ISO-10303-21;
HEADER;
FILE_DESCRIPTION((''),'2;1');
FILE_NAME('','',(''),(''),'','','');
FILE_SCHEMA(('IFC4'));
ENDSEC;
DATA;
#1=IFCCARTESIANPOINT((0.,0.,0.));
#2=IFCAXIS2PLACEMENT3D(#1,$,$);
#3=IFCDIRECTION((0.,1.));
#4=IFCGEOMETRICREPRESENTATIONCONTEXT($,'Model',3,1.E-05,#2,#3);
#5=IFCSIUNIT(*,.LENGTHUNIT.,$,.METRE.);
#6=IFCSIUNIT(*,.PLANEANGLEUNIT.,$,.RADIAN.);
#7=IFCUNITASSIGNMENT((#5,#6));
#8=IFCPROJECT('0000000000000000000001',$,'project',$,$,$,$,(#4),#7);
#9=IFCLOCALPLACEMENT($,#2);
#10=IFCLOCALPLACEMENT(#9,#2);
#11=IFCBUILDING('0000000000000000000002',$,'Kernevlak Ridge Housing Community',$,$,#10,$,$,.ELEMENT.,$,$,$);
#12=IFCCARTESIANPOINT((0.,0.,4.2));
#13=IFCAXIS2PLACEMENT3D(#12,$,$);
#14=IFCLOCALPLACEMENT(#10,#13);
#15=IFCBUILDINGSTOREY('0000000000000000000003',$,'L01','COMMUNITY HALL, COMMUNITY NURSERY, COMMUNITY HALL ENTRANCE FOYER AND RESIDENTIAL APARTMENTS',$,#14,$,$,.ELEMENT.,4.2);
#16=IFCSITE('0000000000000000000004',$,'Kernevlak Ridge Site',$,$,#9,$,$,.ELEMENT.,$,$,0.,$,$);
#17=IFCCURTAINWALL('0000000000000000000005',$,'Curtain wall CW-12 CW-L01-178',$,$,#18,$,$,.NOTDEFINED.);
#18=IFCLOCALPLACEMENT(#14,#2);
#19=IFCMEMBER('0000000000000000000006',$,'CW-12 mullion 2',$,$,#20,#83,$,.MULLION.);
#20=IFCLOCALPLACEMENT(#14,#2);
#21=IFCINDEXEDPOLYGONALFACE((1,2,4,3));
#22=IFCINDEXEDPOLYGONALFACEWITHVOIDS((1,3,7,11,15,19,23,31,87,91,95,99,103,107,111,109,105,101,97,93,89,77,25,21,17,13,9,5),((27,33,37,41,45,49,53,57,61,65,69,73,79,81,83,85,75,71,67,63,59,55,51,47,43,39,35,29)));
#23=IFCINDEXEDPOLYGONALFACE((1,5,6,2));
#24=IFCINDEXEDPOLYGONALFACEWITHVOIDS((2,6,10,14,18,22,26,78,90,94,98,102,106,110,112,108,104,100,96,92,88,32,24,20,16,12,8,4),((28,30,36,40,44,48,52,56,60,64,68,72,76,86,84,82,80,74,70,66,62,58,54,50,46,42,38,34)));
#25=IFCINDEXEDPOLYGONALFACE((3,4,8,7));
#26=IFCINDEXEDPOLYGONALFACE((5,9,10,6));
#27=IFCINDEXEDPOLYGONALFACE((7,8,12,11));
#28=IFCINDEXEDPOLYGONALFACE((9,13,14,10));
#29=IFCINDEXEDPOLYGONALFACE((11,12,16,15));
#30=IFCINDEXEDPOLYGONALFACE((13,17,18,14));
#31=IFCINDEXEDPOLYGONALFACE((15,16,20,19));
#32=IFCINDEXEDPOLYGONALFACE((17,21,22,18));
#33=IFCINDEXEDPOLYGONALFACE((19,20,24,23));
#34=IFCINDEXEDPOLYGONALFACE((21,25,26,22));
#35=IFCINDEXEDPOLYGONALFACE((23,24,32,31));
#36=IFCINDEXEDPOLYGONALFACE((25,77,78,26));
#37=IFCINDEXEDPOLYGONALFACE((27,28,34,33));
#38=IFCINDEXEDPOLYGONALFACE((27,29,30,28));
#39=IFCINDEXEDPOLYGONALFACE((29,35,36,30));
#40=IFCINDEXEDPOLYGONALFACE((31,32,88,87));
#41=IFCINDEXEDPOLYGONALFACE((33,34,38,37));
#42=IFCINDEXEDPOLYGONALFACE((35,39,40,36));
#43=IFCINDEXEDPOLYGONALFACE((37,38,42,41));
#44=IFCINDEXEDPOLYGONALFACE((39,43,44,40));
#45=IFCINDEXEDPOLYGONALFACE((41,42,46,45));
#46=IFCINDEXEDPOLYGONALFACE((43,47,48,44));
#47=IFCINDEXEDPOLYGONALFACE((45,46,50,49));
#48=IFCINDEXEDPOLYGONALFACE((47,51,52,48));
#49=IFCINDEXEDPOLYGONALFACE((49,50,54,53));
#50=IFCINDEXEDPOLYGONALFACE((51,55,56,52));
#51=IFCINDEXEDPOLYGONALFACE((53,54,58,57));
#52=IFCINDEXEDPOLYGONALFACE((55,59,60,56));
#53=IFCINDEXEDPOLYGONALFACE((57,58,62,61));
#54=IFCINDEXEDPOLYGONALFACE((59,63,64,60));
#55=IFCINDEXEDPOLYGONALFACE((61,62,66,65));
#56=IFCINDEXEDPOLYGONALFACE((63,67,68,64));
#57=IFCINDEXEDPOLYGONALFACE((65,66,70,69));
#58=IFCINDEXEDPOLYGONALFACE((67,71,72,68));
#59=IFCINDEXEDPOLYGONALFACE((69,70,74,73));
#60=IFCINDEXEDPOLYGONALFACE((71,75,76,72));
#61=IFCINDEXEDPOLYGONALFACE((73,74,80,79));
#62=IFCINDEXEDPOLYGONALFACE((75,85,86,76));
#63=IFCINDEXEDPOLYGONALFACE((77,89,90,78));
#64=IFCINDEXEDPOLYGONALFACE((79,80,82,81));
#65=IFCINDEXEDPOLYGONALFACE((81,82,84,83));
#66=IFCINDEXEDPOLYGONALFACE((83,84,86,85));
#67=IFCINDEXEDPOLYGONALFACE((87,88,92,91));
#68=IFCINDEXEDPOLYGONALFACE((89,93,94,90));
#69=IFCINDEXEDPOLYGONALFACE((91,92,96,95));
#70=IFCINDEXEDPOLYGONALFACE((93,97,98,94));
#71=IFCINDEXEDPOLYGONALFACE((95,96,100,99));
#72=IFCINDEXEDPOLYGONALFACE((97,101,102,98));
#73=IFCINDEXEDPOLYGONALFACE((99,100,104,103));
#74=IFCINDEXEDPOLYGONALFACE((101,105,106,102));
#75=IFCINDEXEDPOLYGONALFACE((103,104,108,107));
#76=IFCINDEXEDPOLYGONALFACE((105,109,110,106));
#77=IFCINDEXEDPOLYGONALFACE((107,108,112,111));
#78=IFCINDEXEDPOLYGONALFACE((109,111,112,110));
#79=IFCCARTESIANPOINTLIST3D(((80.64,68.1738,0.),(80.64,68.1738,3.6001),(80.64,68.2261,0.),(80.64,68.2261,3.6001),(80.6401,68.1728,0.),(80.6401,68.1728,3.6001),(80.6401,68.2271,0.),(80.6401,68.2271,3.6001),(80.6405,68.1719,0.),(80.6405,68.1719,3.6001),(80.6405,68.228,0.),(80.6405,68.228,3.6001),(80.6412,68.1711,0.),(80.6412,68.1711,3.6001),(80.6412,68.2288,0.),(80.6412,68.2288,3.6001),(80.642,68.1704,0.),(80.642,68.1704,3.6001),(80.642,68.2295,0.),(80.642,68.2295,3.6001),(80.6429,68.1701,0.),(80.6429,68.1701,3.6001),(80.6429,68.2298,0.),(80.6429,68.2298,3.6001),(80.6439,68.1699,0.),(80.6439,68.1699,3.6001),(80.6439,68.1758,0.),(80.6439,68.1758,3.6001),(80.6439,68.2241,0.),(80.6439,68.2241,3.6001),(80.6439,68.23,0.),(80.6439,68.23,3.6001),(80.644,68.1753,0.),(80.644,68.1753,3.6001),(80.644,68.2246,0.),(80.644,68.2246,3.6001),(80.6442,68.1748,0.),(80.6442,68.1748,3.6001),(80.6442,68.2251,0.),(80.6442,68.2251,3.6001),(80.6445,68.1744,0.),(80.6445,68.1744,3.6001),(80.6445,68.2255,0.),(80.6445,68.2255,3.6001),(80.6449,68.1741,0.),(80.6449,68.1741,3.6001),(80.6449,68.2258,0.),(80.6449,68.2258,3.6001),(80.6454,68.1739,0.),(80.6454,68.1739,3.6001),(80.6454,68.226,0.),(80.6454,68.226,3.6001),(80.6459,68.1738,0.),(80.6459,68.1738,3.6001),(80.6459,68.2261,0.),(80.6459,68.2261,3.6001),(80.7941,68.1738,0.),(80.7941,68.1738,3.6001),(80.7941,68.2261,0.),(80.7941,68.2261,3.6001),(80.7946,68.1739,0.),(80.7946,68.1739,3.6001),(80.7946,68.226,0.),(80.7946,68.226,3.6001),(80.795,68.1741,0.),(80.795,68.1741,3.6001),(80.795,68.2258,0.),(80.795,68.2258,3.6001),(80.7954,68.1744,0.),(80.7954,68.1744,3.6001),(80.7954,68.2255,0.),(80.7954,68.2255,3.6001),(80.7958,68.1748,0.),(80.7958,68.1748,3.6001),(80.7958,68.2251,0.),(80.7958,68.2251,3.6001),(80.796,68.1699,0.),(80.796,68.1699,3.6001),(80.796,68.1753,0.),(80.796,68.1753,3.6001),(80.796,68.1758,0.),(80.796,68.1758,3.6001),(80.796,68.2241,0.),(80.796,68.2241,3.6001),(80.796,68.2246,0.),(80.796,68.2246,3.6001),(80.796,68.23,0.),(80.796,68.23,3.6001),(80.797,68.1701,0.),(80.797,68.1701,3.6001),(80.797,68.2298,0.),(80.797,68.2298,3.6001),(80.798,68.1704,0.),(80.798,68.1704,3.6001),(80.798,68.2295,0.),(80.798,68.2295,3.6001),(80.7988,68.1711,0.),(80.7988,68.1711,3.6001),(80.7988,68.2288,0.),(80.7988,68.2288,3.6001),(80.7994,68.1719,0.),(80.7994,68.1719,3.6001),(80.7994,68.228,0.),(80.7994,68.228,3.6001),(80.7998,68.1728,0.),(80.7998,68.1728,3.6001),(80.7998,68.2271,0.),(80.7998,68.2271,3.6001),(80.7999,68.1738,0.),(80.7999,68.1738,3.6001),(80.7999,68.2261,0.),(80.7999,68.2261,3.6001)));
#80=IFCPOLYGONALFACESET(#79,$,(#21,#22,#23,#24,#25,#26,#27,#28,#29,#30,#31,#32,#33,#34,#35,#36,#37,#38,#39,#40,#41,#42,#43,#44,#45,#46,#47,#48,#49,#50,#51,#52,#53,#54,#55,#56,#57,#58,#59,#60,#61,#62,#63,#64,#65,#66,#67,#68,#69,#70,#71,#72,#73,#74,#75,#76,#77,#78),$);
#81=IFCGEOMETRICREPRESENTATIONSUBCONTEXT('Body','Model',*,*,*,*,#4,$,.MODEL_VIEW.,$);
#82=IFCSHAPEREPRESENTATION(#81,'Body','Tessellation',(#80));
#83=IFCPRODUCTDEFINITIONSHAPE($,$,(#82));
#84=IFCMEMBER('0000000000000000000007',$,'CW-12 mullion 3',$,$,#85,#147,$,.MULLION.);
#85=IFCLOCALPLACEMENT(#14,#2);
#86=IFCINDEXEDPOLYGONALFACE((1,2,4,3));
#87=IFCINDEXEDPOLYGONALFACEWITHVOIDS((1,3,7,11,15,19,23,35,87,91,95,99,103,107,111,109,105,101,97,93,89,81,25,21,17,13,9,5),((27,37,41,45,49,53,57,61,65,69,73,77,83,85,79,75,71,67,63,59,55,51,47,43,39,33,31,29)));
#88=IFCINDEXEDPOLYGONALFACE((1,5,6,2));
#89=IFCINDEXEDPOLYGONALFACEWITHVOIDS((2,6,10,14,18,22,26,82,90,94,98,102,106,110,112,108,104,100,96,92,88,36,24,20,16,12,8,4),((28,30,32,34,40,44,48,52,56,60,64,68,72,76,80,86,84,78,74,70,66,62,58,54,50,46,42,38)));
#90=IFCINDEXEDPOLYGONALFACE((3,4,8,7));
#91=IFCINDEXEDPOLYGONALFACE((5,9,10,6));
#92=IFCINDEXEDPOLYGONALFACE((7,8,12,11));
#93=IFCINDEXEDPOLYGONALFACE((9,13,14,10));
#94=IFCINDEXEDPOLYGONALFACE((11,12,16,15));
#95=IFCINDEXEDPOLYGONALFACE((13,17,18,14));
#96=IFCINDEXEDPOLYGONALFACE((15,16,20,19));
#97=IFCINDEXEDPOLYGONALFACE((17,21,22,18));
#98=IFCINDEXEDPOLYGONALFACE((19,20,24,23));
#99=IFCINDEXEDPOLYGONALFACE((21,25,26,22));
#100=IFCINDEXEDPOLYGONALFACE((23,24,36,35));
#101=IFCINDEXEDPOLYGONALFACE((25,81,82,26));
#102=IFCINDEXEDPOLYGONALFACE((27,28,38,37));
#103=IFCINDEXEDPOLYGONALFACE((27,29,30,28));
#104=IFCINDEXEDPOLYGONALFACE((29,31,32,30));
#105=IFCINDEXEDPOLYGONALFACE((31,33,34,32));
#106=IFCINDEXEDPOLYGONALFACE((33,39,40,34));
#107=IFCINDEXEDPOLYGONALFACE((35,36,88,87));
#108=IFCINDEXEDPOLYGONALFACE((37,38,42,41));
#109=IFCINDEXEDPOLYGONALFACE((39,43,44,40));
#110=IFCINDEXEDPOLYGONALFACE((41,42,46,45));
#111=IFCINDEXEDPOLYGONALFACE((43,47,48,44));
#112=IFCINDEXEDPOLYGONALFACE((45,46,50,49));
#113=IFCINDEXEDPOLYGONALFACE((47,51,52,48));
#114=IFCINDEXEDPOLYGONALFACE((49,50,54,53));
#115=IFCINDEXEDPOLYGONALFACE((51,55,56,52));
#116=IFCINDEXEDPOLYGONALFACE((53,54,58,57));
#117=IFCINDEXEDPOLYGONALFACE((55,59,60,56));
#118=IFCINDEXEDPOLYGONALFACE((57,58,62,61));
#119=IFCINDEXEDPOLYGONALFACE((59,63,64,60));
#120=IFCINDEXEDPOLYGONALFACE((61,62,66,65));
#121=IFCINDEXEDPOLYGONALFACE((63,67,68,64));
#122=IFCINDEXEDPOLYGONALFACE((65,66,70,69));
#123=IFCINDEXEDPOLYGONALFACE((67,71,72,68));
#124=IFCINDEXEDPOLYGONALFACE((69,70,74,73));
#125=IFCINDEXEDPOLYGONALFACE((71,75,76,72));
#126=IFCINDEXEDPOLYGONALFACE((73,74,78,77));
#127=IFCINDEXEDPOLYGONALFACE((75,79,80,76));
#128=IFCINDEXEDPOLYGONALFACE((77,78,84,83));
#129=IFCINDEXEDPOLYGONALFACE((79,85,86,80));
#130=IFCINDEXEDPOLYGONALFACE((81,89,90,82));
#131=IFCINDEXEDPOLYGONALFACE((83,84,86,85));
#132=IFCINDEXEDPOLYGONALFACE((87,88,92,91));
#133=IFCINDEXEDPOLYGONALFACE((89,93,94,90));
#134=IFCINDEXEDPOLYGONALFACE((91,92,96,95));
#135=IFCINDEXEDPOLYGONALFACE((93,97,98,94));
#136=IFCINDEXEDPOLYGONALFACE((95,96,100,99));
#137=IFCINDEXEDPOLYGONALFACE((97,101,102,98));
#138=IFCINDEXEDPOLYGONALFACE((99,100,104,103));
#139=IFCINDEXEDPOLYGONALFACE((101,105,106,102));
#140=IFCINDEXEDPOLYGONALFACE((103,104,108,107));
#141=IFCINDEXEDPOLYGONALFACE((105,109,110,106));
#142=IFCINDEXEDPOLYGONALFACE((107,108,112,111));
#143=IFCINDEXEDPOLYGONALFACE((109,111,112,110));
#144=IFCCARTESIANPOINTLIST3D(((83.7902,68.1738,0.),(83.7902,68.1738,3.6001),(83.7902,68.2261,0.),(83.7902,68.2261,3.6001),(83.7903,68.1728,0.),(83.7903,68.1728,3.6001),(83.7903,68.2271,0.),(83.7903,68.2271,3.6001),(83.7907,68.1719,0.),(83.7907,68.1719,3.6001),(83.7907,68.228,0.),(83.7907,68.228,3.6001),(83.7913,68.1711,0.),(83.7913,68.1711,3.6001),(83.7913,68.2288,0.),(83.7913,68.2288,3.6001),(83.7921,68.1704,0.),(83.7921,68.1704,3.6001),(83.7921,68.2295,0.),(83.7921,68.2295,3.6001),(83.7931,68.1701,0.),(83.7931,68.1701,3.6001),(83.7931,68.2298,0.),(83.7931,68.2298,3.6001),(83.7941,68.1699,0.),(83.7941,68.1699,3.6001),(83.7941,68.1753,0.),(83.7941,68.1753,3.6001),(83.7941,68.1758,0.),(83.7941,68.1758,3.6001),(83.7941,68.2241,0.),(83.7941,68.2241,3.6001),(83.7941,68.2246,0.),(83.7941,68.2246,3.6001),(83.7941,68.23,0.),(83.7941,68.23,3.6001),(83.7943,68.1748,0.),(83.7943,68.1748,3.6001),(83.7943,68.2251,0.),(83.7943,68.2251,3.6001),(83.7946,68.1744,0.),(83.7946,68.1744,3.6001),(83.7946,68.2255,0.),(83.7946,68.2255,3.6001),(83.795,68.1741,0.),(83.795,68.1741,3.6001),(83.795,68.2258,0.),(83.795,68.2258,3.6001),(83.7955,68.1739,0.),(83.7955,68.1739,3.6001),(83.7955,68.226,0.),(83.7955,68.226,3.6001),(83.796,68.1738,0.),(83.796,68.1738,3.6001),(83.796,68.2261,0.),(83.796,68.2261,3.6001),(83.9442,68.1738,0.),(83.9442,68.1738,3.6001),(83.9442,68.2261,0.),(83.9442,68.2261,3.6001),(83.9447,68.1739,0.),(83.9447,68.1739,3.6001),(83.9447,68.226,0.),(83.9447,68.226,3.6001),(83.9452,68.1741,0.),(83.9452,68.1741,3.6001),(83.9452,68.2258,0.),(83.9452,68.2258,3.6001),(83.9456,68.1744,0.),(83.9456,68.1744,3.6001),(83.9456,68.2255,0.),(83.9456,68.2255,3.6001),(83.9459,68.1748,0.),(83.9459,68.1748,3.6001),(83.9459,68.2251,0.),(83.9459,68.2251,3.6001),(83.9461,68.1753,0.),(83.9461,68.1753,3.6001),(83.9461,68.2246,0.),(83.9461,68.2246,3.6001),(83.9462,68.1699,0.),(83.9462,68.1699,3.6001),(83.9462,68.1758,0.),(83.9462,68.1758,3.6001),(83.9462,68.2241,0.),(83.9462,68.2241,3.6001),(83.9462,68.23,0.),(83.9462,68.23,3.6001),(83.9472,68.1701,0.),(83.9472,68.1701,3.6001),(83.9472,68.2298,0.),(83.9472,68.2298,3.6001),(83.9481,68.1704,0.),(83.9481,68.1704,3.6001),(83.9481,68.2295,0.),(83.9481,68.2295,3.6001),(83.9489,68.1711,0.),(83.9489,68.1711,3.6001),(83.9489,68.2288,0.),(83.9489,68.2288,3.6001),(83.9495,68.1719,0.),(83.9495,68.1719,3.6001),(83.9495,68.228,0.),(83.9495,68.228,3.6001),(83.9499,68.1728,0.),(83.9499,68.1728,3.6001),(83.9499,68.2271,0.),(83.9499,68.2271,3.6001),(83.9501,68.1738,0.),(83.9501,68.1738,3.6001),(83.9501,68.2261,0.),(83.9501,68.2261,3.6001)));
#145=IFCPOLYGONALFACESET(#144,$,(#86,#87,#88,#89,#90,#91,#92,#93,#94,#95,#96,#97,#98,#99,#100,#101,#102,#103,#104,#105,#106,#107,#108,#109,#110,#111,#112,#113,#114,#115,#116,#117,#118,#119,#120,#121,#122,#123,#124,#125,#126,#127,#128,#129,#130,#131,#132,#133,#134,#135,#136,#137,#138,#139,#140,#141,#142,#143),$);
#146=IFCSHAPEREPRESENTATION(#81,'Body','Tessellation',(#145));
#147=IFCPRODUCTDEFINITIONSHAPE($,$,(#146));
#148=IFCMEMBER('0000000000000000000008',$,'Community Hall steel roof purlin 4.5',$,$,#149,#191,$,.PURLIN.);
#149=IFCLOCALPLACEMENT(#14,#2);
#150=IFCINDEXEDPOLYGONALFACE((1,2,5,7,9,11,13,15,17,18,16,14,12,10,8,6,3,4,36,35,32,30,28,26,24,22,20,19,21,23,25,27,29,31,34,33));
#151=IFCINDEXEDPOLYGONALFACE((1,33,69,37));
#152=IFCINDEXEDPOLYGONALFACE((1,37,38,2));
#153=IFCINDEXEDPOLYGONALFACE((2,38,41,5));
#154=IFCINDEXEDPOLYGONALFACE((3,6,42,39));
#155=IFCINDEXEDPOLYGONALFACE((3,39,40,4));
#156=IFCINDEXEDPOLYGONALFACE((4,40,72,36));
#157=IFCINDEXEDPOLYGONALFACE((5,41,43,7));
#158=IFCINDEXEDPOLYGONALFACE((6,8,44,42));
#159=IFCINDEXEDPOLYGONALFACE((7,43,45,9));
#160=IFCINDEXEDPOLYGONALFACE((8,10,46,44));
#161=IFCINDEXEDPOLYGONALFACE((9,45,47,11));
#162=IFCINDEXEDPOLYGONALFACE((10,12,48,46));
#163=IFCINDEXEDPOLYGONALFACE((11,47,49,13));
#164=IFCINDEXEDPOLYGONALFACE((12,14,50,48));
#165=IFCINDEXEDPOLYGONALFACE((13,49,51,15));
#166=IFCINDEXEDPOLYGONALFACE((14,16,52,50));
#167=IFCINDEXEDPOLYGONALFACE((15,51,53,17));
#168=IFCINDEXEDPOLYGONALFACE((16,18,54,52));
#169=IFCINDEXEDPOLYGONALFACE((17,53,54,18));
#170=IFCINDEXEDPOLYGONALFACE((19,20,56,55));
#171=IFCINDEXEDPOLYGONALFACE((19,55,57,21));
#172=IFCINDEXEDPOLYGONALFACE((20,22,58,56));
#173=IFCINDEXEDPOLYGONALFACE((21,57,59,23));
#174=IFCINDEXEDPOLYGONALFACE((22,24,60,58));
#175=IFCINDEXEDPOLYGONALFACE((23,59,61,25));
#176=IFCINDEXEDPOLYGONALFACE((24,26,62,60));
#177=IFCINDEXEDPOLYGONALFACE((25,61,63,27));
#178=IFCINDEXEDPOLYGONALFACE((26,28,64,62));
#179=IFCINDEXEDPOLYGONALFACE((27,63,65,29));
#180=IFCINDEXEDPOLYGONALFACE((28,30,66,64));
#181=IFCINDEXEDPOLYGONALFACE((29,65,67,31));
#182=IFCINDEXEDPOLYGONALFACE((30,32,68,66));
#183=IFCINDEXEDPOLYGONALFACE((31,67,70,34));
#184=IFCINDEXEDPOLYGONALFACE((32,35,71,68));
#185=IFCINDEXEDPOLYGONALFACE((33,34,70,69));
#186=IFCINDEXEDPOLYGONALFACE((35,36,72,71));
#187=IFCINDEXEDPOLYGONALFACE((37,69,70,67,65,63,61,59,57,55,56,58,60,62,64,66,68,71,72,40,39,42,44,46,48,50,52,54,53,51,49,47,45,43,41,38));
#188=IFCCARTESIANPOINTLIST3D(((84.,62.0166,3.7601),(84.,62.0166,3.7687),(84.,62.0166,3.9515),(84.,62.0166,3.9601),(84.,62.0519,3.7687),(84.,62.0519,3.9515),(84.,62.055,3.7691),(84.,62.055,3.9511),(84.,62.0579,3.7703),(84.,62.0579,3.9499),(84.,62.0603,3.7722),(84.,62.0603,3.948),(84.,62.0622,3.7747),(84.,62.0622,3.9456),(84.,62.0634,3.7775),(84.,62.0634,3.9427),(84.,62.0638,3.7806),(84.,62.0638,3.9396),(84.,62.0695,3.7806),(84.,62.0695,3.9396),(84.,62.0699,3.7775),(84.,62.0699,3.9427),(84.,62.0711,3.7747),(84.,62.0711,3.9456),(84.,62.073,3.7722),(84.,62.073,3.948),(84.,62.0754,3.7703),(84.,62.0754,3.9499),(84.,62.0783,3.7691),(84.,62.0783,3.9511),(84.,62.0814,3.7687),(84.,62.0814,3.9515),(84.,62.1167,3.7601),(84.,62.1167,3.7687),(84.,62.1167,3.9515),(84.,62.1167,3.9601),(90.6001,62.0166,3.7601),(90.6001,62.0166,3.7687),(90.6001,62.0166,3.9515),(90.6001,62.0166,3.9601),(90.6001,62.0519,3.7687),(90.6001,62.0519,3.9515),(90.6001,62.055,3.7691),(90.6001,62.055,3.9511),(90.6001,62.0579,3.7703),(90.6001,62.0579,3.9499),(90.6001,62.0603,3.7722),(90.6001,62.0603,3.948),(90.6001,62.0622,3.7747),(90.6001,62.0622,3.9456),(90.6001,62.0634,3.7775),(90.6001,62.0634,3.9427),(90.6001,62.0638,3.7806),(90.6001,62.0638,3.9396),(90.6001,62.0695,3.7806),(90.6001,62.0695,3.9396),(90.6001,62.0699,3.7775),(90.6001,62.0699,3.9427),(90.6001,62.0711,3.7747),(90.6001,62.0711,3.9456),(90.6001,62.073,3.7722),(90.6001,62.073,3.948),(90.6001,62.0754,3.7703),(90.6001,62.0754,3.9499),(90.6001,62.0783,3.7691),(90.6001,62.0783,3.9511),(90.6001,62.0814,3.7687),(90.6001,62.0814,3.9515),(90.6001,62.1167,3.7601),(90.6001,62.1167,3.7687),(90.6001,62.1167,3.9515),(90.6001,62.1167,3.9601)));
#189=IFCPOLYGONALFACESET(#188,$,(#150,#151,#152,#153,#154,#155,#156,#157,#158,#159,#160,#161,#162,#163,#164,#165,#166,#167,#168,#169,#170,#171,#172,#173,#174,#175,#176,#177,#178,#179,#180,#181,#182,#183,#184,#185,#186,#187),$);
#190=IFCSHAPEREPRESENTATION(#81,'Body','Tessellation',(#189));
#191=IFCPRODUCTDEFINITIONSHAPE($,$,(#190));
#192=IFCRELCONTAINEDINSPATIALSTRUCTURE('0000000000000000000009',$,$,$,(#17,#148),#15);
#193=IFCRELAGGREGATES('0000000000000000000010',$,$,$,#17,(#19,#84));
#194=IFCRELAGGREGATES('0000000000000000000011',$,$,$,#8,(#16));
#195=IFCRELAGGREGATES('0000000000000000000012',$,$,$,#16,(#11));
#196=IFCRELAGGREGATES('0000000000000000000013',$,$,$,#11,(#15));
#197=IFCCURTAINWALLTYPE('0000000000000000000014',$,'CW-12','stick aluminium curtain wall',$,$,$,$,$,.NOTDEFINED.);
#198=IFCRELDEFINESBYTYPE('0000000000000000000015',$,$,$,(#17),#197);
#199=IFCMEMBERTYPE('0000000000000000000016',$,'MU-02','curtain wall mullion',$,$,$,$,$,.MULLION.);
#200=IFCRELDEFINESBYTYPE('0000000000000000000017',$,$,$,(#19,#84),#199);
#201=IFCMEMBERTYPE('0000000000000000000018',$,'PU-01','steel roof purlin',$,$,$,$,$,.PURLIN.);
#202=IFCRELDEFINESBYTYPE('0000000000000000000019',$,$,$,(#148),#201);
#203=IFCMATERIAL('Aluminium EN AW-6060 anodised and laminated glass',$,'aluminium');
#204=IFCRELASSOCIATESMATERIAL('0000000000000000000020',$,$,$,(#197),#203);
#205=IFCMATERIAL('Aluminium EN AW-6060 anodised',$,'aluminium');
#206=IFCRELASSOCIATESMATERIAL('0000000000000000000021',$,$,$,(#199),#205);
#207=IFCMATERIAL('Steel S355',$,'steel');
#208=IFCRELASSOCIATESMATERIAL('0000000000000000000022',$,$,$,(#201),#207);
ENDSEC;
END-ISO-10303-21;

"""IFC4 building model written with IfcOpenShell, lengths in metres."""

from ifc_helpers import new_model, si_unit, direction, frame, origin, origin_2d, place, context, subcontext, project, spatial, hollow_rectangle, i_section, extrude, material, material_profile, profile_set, type_object, element, aggregate, save


model = new_model("IFC4")

# Units and contexts
model_context = context("Model", 3, precision=1e-05, world=origin(), true_north=direction((0.0, 1.0)))
body_context = subcontext(model_context, "Body", "Model", "MODEL_VIEW")
ifc_project = project(units=[si_unit("LENGTHUNIT", "METRE"), si_unit("PLANEANGLEUNIT", "RADIAN")], contexts=[model_context])

# Site, building, storey
site_placement = place(None, origin())
site = spatial("IfcSite", under=ifc_project, at=site_placement, Name="Kernevlak Ridge Site", CompositionType="ELEMENT", RefElevation=0.0)
building_placement = place(site_placement, origin())
building = spatial("IfcBuilding", under=site, at=building_placement, Name="Kernevlak Ridge Housing Community", CompositionType="ELEMENT")
storey_placement = place(building_placement, frame((0.0, 0.0, 4.2)))
storey = spatial("IfcBuildingStorey", under=building, at=storey_placement, Name="L01", Description="COMMUNITY HALL, COMMUNITY NURSERY, COMMUNITY HALL ENTRANCE FOYER AND RESIDENTIAL APARTMENTS", CompositionType="ELEMENT", Elevation=4.2)

# Shared definitions
ifc_material_1 = material(Name="Steel S355", Category="steel")

# Curtain wall, members
ifc_material_2 = material(Name="Aluminium EN AW-6060 anodised and laminated glass", Category="aluminium")
ifc_material_3 = material(Name="Aluminium EN AW-6060 anodised", Category="aluminium")
curtain_wall_type_1 = type_object("IfcCurtainWallType", Name="CW-12", Description="stick aluminium curtain wall", PredefinedType="NOTDEFINED", material=ifc_material_2)
curtain_wall_1_placement = place(storey_placement, origin())
curtain_wall_1 = element("IfcCurtainWall", 1, at=curtain_wall_1_placement, inside=storey, type_object=curtain_wall_type_1, Name="Curtain wall CW-12 CW-L01-178", PredefinedType="NOTDEFINED")
ifc_material_profile_1 = material_profile(ifc_material_3, hollow_rectangle(XDim=0.0601, YDim=0.1599, WallThickness=0.0039, InnerFilletRadius=0.002, OuterFilletRadius=0.0039, at=origin_2d()), Name="ALU 60x160x4")
ifc_profile_set_1 = profile_set([ifc_material_profile_1], Name="Aluminium EN AW-6060 anodised")
member_type_1 = type_object("IfcMemberType", Name="MU-02", Description="curtain wall mullion", PredefinedType="MULLION", material=ifc_profile_set_1)
member_1_placement = place(storey_placement, frame((80.72, 68.2, 0.0), z_axis=(0.0, 0.0, 1.0), x_axis=(0.0, 1.0, 0.0)))
member_1 = element("IfcMember", 2, at=member_1_placement, type_object=member_type_1, Name="CW-12 mullion 2", PredefinedType="MULLION", context=body_context, shape_type="SweptSolid", body=[
    extrude(hollow_rectangle(XDim=0.0601, YDim=0.1599, WallThickness=0.0039, InnerFilletRadius=0.002, OuterFilletRadius=0.0039, at=origin_2d()), origin(), (0.0, 0.0, 1.0), 3.6001),
])
member_2_placement = place(storey_placement, frame((83.8701, 68.2, 0.0), z_axis=(0.0, 0.0, 1.0), x_axis=(0.0, 1.0, 0.0)))
member_2 = element("IfcMember", 3, at=member_2_placement, type_object=member_type_1, Name="CW-12 mullion 3", PredefinedType="MULLION", context=body_context, shape_type="SweptSolid", body=[
    extrude(hollow_rectangle(XDim=0.0601, YDim=0.1599, WallThickness=0.0039, InnerFilletRadius=0.002, OuterFilletRadius=0.0039, at=origin_2d()), origin(), (0.0, 0.0, 1.0), 3.6001),
])

# Member
ifc_material_profile_2 = material_profile(ifc_material_1, i_section(OverallWidth=0.1001, OverallDepth=0.2, WebThickness=0.0056, FlangeThickness=0.0085, FilletRadius=0.012, at=origin_2d()), Name="IPE 200")
ifc_profile_set_2 = profile_set([ifc_material_profile_2], Name="Steel S355")
member_type_2 = type_object("IfcMemberType", Name="PU-01", Description="steel roof purlin", PredefinedType="PURLIN", material=ifc_profile_set_2)
member_3_placement = place(storey_placement, frame((84.0, 62.0667, 3.8601), z_axis=(1.0, 0.0, 0.0), x_axis=(0.0, 1.0, 0.0)))
element("IfcMember", 4, at=member_3_placement, inside=storey, type_object=member_type_2, Name="Community Hall steel roof purlin 4.5", PredefinedType="PURLIN", context=body_context, shape_type="SweptSolid", body=[
    extrude(i_section(OverallWidth=0.1001, OverallDepth=0.2, WebThickness=0.0056, FlangeThickness=0.0085, FilletRadius=0.012, at=origin_2d()), origin(), (0.0, 0.0, 1.0), 6.6001),
])

aggregate(curtain_wall_1, [member_1, member_2])

save(model, "model.ifc")
